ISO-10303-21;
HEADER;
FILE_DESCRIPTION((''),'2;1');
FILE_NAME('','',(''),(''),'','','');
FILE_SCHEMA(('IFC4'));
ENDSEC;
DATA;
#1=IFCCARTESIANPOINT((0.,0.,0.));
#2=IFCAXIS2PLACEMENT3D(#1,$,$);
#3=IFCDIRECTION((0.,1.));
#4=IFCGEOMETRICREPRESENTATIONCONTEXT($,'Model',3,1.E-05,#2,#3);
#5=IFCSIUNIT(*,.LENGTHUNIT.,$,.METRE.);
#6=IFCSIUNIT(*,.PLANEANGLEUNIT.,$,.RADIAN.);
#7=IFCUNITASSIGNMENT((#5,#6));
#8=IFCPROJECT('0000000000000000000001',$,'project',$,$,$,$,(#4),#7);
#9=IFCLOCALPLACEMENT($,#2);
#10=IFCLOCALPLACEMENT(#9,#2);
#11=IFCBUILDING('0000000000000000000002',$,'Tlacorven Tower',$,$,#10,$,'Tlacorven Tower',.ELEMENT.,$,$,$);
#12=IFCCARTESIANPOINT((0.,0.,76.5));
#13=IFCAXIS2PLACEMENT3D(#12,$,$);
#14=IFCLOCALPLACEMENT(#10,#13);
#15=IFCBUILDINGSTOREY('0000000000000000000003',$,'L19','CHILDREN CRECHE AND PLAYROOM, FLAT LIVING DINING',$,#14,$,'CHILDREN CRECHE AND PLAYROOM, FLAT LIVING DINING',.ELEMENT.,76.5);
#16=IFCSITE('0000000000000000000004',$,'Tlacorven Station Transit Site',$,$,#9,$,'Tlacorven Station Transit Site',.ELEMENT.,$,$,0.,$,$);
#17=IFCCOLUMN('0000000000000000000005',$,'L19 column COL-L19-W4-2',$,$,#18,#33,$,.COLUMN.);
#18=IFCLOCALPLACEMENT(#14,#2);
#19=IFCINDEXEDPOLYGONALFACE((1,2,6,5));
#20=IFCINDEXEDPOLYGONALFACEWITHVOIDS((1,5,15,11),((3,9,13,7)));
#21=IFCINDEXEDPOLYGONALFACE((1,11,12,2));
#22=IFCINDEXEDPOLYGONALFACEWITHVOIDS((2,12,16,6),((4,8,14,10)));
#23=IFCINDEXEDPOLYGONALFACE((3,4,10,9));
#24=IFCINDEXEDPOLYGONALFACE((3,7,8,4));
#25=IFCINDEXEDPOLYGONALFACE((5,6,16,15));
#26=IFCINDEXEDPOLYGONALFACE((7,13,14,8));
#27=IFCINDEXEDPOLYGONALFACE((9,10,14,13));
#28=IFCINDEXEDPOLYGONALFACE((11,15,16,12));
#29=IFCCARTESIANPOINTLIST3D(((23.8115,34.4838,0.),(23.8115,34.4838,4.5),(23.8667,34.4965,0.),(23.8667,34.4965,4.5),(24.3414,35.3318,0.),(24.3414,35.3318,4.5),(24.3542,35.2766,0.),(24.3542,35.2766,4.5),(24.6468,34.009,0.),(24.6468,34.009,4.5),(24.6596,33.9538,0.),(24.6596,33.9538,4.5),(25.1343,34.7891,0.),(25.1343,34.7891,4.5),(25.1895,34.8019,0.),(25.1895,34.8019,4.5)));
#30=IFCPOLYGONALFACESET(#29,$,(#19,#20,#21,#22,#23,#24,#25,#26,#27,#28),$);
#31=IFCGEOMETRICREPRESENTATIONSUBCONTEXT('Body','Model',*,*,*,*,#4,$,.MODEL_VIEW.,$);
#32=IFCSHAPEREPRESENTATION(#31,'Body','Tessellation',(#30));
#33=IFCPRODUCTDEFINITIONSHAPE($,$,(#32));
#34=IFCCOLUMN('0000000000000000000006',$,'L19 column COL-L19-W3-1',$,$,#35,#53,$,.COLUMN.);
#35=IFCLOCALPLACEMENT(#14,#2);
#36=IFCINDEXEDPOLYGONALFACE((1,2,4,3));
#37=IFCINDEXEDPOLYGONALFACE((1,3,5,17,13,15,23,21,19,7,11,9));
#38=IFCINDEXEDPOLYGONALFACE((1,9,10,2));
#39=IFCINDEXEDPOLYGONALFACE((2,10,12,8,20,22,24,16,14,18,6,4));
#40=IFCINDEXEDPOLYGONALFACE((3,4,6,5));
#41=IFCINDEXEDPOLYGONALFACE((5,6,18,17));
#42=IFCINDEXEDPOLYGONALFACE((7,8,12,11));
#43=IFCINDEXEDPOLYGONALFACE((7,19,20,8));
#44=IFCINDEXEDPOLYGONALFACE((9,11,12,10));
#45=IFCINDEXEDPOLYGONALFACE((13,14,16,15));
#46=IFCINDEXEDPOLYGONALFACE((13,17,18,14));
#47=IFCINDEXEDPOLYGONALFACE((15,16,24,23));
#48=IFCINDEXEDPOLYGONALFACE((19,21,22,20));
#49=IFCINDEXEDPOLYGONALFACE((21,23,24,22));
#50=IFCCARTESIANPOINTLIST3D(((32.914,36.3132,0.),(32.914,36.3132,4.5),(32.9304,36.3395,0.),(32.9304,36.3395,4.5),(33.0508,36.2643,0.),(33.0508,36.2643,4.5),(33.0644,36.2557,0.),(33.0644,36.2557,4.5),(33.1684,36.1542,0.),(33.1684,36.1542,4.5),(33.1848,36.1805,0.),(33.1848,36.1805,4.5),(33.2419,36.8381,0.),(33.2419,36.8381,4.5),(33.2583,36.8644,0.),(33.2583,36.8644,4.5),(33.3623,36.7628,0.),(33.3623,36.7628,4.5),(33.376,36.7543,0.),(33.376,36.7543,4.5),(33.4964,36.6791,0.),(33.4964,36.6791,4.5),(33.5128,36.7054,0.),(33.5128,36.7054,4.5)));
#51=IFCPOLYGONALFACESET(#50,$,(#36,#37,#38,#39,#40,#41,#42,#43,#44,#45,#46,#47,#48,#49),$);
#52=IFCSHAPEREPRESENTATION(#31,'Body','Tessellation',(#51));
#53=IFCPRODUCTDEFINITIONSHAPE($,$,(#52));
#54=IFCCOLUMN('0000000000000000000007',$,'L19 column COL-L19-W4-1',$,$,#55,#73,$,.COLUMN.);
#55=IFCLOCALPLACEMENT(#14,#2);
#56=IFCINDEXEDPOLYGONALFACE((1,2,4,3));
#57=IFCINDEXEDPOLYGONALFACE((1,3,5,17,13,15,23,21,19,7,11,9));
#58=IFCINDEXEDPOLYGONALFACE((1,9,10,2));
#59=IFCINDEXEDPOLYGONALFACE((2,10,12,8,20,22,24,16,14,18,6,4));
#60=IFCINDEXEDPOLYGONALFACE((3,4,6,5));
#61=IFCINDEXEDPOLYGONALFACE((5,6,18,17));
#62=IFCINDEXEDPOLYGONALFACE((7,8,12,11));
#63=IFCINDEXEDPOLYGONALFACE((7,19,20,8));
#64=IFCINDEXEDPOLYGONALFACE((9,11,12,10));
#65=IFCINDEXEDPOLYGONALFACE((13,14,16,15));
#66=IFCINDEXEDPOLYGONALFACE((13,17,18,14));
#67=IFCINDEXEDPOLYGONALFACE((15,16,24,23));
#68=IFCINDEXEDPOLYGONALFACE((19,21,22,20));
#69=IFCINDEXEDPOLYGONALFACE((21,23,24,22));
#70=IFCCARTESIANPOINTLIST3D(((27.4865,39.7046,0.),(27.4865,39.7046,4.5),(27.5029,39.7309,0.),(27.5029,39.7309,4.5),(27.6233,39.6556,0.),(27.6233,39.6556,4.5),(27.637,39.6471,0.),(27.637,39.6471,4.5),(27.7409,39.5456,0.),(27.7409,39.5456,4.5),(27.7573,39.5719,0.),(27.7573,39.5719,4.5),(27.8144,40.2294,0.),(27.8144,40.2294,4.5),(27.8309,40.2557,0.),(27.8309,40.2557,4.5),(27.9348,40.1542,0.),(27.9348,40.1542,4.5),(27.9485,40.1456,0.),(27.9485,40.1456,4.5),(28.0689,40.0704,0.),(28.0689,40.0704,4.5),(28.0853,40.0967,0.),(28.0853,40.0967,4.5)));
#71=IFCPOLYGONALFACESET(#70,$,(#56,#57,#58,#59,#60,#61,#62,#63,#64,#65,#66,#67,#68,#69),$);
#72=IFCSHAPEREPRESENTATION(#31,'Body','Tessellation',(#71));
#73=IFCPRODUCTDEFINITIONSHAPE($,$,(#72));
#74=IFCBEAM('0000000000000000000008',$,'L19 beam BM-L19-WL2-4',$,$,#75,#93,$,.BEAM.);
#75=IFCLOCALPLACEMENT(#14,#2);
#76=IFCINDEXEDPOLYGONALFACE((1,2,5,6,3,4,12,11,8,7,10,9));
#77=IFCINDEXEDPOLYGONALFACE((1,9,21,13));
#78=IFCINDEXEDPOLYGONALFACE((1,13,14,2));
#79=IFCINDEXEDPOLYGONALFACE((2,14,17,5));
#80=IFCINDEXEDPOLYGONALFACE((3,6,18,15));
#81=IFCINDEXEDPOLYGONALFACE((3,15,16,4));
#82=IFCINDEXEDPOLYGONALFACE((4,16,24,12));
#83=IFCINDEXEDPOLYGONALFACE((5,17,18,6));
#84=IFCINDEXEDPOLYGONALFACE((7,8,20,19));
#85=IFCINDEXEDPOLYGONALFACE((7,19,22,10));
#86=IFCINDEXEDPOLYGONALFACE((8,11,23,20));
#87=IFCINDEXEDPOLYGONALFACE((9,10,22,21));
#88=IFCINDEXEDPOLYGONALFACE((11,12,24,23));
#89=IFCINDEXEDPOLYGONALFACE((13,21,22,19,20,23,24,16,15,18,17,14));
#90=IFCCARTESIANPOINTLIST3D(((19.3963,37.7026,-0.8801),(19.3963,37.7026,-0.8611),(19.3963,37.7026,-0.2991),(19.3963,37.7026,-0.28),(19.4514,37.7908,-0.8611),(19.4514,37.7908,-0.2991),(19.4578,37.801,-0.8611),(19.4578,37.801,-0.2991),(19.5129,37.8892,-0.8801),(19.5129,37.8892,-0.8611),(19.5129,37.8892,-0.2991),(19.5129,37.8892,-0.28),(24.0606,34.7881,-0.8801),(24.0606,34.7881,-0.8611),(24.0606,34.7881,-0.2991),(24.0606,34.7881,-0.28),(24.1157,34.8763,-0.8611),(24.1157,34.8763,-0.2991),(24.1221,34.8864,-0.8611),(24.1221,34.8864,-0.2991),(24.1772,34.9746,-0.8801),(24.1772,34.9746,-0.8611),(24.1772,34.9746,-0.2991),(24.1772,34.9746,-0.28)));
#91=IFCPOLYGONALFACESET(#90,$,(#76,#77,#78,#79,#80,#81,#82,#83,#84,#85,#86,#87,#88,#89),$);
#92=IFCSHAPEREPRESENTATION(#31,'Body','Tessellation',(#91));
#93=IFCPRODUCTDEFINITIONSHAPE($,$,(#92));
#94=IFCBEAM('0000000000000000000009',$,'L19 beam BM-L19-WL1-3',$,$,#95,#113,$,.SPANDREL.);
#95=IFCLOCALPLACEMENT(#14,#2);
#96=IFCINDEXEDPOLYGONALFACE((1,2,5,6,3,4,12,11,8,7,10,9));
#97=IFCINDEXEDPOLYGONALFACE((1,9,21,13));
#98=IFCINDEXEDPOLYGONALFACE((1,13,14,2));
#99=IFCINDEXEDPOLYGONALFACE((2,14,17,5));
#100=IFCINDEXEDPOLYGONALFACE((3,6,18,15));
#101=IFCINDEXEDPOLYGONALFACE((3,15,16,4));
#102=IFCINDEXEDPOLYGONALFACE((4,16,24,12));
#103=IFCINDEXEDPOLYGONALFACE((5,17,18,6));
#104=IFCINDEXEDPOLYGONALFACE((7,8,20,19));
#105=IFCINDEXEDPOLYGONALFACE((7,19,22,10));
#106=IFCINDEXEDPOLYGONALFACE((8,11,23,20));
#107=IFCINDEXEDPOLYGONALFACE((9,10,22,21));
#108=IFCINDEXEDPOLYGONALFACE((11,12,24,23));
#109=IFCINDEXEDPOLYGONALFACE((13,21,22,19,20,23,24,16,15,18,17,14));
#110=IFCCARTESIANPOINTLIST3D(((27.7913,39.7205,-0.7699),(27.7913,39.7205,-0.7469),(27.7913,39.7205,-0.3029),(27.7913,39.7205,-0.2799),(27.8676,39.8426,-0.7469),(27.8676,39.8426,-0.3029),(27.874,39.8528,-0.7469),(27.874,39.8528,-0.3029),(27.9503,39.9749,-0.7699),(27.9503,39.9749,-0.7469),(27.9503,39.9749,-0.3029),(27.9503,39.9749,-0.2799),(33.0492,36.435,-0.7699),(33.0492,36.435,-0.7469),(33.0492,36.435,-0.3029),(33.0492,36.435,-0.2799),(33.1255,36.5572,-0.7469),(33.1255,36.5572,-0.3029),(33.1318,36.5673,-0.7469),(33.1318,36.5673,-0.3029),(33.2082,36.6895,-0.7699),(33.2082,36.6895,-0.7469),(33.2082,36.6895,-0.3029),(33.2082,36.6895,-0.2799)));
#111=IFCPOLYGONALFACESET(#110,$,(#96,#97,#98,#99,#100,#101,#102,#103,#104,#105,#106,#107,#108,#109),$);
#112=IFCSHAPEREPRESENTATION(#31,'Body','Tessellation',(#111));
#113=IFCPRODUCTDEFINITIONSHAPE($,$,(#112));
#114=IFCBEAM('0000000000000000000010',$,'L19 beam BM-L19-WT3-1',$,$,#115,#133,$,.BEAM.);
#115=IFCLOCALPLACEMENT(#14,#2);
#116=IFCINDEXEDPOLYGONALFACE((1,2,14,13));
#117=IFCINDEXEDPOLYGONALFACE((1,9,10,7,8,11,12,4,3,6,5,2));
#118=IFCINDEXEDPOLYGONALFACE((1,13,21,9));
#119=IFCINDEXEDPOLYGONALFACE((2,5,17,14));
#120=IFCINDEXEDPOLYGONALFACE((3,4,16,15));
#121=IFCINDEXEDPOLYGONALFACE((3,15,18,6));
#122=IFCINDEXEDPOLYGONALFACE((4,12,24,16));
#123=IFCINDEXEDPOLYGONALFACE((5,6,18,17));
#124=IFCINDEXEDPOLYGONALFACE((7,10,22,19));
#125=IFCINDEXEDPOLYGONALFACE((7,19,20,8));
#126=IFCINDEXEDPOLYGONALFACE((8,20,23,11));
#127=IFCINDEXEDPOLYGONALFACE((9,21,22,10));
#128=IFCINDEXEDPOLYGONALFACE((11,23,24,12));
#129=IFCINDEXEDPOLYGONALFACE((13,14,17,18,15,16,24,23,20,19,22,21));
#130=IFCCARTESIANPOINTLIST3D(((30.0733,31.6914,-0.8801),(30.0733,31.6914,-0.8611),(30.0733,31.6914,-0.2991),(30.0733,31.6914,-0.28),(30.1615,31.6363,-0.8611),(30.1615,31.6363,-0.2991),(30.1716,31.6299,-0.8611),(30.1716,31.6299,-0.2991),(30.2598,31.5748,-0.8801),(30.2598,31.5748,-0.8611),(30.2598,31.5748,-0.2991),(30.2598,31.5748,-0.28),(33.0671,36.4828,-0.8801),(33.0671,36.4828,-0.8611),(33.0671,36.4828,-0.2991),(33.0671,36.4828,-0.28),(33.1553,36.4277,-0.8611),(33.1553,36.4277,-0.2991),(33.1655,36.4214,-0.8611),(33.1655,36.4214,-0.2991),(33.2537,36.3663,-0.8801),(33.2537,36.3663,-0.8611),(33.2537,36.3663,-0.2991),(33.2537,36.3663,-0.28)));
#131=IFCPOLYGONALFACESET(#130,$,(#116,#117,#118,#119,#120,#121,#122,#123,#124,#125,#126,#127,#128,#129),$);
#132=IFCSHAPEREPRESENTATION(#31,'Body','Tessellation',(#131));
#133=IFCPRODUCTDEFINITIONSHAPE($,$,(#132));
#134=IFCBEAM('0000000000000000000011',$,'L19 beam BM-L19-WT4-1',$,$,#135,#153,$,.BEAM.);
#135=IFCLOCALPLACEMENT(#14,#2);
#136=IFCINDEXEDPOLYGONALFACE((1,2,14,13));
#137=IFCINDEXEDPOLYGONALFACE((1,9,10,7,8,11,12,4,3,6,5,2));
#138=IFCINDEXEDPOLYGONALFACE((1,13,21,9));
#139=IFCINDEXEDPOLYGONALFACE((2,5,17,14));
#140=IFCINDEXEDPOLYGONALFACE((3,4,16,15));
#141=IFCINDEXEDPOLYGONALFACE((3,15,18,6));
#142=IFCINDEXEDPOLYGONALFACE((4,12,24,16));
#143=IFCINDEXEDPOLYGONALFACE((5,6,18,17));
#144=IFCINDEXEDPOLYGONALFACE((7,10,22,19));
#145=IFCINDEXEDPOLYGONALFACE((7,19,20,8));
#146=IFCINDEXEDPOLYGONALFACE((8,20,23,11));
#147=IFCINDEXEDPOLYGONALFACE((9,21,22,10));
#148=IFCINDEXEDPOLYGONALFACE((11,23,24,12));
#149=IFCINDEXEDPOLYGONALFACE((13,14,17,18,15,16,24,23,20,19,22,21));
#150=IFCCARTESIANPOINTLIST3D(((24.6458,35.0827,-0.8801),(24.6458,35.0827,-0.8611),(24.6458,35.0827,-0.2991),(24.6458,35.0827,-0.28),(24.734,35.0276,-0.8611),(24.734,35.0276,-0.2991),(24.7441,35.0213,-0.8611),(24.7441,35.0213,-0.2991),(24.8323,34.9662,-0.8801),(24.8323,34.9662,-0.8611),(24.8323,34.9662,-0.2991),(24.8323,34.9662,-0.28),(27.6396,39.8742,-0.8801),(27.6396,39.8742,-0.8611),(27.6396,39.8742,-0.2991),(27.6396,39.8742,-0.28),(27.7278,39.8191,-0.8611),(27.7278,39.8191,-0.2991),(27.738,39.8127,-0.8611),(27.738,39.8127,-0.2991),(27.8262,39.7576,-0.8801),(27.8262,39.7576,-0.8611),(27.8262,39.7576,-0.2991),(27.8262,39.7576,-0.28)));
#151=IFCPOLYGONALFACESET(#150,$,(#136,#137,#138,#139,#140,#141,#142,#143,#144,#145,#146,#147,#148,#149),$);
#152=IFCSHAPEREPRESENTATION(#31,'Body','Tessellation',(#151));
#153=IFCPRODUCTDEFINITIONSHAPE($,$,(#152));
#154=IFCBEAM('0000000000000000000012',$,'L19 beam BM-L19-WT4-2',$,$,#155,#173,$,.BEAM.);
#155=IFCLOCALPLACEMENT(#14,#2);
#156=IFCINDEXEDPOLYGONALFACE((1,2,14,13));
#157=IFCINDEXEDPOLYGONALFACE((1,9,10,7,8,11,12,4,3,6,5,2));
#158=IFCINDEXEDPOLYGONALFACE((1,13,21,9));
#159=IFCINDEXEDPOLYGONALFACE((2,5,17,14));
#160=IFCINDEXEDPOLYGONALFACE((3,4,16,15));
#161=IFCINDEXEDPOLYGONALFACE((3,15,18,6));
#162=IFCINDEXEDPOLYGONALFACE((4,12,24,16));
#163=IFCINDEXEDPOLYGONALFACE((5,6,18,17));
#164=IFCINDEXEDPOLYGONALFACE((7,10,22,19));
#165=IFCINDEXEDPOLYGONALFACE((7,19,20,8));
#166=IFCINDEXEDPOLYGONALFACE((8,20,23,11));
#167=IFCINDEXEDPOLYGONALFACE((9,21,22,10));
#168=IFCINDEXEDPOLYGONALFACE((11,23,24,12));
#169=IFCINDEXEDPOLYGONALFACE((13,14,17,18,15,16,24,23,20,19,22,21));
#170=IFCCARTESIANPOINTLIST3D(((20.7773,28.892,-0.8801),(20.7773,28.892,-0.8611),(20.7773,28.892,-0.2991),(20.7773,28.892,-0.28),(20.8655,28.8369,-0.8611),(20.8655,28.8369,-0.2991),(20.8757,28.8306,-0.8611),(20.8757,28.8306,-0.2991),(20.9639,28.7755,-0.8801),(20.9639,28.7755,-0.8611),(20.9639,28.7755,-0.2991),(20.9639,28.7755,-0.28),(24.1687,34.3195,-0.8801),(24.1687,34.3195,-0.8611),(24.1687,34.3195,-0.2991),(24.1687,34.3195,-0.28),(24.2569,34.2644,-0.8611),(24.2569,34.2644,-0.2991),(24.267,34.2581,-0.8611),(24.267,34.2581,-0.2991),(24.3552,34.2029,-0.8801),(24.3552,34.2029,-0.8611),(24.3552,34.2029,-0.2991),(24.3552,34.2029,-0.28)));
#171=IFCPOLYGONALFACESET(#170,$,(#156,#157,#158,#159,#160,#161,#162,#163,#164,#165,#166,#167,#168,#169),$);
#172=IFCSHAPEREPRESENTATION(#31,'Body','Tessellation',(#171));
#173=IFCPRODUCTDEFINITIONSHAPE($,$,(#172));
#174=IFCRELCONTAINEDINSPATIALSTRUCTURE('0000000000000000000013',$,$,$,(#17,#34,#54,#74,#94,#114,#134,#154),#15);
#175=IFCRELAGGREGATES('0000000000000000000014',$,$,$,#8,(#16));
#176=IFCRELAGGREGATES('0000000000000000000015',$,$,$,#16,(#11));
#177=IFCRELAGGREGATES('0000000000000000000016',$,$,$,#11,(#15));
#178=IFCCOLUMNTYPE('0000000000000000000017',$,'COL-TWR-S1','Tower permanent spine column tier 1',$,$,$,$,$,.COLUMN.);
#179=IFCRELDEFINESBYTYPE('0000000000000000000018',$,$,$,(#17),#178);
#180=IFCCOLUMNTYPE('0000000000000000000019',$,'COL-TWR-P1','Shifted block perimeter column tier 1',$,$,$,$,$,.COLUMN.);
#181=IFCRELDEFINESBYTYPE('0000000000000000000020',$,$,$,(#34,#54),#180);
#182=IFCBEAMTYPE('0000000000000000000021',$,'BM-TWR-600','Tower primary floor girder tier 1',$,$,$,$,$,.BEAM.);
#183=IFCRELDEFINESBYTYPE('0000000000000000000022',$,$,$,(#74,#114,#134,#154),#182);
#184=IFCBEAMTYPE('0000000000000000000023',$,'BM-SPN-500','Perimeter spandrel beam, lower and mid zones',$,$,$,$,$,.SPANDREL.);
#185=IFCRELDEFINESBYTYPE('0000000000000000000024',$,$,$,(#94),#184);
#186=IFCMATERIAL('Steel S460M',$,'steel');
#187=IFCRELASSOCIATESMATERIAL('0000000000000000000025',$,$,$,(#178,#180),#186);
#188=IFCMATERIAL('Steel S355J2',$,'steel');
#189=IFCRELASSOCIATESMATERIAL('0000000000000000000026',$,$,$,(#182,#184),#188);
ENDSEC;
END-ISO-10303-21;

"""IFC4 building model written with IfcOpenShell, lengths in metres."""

from ifc_helpers import new_model, si_unit, direction, frame, origin, origin_2d, place, context, subcontext, project, spatial, hollow_rectangle, i_section, extrude, source, transform, mapped, material, material_profile, profile_set, type_object, element, save


model = new_model("IFC4")

# Units and contexts
model_context = context("Model", 3, precision=1e-05, world=origin(), true_north=direction((0.0, 1.0)))
body_context = subcontext(model_context, "Body", "Model", "MODEL_VIEW")
ifc_project = project(units=[si_unit("LENGTHUNIT", "METRE"), si_unit("PLANEANGLEUNIT", "RADIAN")], contexts=[model_context])

# Site, building, storey
site_placement = place(None, origin())
site = spatial("IfcSite", under=ifc_project, at=site_placement, Name="Tlacorven Station Transit Site", LongName="Tlacorven Station Transit Site", CompositionType="ELEMENT", RefElevation=0.0)
building_placement = place(site_placement, origin())
building = spatial("IfcBuilding", under=site, at=building_placement, Name="Tlacorven Tower", LongName="Tlacorven Tower", CompositionType="ELEMENT")
storey_placement = place(building_placement, frame((0.0, 0.0, 76.5)))
storey = spatial("IfcBuildingStorey", under=building, at=storey_placement, Name="L19", Description="CHILDREN CRECHE AND PLAYROOM, FLAT LIVING DINING", LongName="CHILDREN CRECHE AND PLAYROOM, FLAT LIVING DINING", CompositionType="ELEMENT", Elevation=76.5)

# Columns
ifc_material_1 = material(Name="Steel S460M", Category="steel")
ifc_material_profile_1 = material_profile(ifc_material_1, hollow_rectangle(XDim=1.0, YDim=1.0, WallThickness=0.04, at=origin_2d()), Name="BOX 1000X1000X40")
ifc_profile_set_1 = profile_set([ifc_material_profile_1], Name="Steel S460M")
column_type_1 = type_object("IfcColumnType", Name="COL-TWR-S1", Description="Tower permanent spine column tier 1", PredefinedType="COLUMN", material=ifc_profile_set_1)
shared_shape_1 = source(origin(), body_context, "Body", "SweptSolid", [
    extrude(hollow_rectangle(XDim=1.0, YDim=1.0, WallThickness=0.04, at=origin_2d()), origin(), (0.0, 0.0, 1.0), 4.5),
])
column_placement = place(storey_placement, frame((24.5005, 34.6428, 0.0), z_axis=(0.0, 0.0, 1.0), x_axis=(-0.848048, 0.529919, 0.0)))
element("IfcColumn", 1, at=column_placement, inside=storey, type_object=column_type_1, Name="L19 column COL-L19-W4-2", PredefinedType="COLUMN", context=body_context, shape_type="MappedRepresentation", body=[
    mapped(shared_shape_1, transform((0.0, 0.0, 0.0), scale=1.0)),
])
ifc_material_profile_2 = material_profile(ifc_material_1, i_section(OverallWidth=0.3, OverallDepth=0.6499, WebThickness=0.0161, FlangeThickness=0.031, at=origin_2d()), Name="HEB 650")
ifc_profile_set_2 = profile_set([ifc_material_profile_2], Name="Steel S460M")
column_type_2 = type_object("IfcColumnType", Name="COL-TWR-P1", Description="Shifted block perimeter column tier 1", PredefinedType="COLUMN", material=ifc_profile_set_2)
shared_shape_2 = source(origin(), body_context, "Body", "SweptSolid", [
    extrude(i_section(OverallWidth=0.3, OverallDepth=0.6499, WebThickness=0.0161, FlangeThickness=0.031, at=origin_2d()), origin(), (0.0, 0.0, 1.0), 4.5),
])
for number, where, z_axis, x_axis, name in (
    (2, (33.2134, 36.5093, 0.0), (0.0, 0.0, 1.0), (-0.848048, 0.529919, 0.0), "L19 column COL-L19-W3-1"),
    (3, (27.7859, 39.9006, 0.0), (0.0, 0.0, 1.0), (-0.848048, 0.529919, 0.0), "L19 column COL-L19-W4-1"),
):
    element("IfcColumn", number, at=place(storey_placement, frame(where, z_axis=z_axis, x_axis=x_axis)), inside=storey, type_object=column_type_2, Name=name, PredefinedType="COLUMN", context=body_context, shape_type="MappedRepresentation", body=[
        mapped(shared_shape_2, transform((0.0, 0.0, 0.0), scale=1.0)),
    ])

# Beams
ifc_material_2 = material(Name="Steel S355J2", Category="steel")
ifc_material_profile_3 = material_profile(ifc_material_2, i_section(OverallWidth=0.22, OverallDepth=0.6001, WebThickness=0.012, FlangeThickness=0.019, at=origin_2d()), Name="IPE 600")
ifc_profile_set_3 = profile_set([ifc_material_profile_3], Name="Steel S355J2")
beam_type_1 = type_object("IfcBeamType", Name="BM-TWR-600", Description="Tower primary floor girder tier 1", PredefinedType="BEAM", material=ifc_profile_set_3)
shared_shape_3 = source(origin(), body_context, "Body", "SweptSolid", [
    extrude(i_section(OverallWidth=0.22, OverallDepth=0.6001, WebThickness=0.012, FlangeThickness=0.019, at=origin_2d()), origin(), (0.0, 0.0, 1.0), 5.5),
])
beam_1_placement = place(storey_placement, frame((24.1189, 34.8813, -0.5801), z_axis=(-0.848051, 0.529915, 0.0), x_axis=(-0.529915, -0.848051, 0.0)))
element("IfcBeam", 4, at=beam_1_placement, inside=storey, type_object=beam_type_1, Name="L19 beam BM-L19-WL2-4", PredefinedType="BEAM", context=body_context, shape_type="MappedRepresentation", body=[
    mapped(shared_shape_3, transform((0.0, 0.0, 0.0), scale=1.0)),
])
ifc_material_profile_4 = material_profile(ifc_material_2, i_section(OverallWidth=0.3, OverallDepth=0.49, WebThickness=0.012, FlangeThickness=0.0229, at=origin_2d()), Name="HEA 500")
ifc_profile_set_4 = profile_set([ifc_material_profile_4], Name="Steel S355J2")
beam_type_2 = type_object("IfcBeamType", Name="BM-SPN-500", Description="Perimeter spandrel beam, lower and mid zones", PredefinedType="SPANDREL", material=ifc_profile_set_4)
shared_shape_4 = source(origin(), body_context, "Body", "SweptSolid", [
    extrude(i_section(OverallWidth=0.3, OverallDepth=0.49, WebThickness=0.012, FlangeThickness=0.0229, at=origin_2d()), origin(), (0.0, 0.0, 1.0), 6.2),
])
beam_2_placement = place(storey_placement, frame((33.1287, 36.5623, -0.5249), z_axis=(-0.848051, 0.529914, 0.0), x_axis=(-0.529914, -0.848051, 0.0)))
element("IfcBeam", 5, at=beam_2_placement, inside=storey, type_object=beam_type_2, Name="L19 beam BM-L19-WL1-3", PredefinedType="SPANDREL", context=body_context, shape_type="MappedRepresentation", body=[
    mapped(shared_shape_4, transform((0.0, 0.0, 0.0), scale=1.0)),
])
shared_shape_5 = source(origin(), body_context, "Body", "SweptSolid", [
    extrude(i_section(OverallWidth=0.22, OverallDepth=0.6001, WebThickness=0.012, FlangeThickness=0.019, at=origin_2d()), origin(), (0.0, 0.0, 1.0), 5.6499),
])
for number, where, z_axis, x_axis, name in (
    (6, (33.1604, 36.4246, -0.5801), (-0.529898, -0.848061, 0.0), (0.848061, -0.529898, 0.0), "L19 beam BM-L19-WT3-1"),
    (7, (27.7329, 39.8159, -0.5801), (-0.529898, -0.848061, 0.0), (0.848061, -0.529898, 0.0), "L19 beam BM-L19-WT4-1"),
):
    element("IfcBeam", number, at=place(storey_placement, frame(where, z_axis=z_axis, x_axis=x_axis)), inside=storey, type_object=beam_type_1, Name=name, PredefinedType="BEAM", context=body_context, shape_type="MappedRepresentation", body=[
        mapped(shared_shape_5, transform((0.0, 0.0, 0.0), scale=1.0)),
    ])
shared_shape_6 = source(origin(), body_context, "Body", "SweptSolid", [
    extrude(i_section(OverallWidth=0.22, OverallDepth=0.6001, WebThickness=0.012, FlangeThickness=0.019, at=origin_2d()), origin(), (0.0, 0.0, 1.0), 6.3999),
])
beam_3_placement = place(storey_placement, frame((24.262, 34.2612, -0.5801), z_axis=(-0.529906, -0.848056, 0.0), x_axis=(0.848056, -0.529906, 0.0)))
element("IfcBeam", 8, at=beam_3_placement, inside=storey, type_object=beam_type_1, Name="L19 beam BM-L19-WT4-2", PredefinedType="BEAM", context=body_context, shape_type="MappedRepresentation", body=[
    mapped(shared_shape_6, transform((0.0, 0.0, 0.0), scale=1.0)),
])

save(model, "model.ifc")
